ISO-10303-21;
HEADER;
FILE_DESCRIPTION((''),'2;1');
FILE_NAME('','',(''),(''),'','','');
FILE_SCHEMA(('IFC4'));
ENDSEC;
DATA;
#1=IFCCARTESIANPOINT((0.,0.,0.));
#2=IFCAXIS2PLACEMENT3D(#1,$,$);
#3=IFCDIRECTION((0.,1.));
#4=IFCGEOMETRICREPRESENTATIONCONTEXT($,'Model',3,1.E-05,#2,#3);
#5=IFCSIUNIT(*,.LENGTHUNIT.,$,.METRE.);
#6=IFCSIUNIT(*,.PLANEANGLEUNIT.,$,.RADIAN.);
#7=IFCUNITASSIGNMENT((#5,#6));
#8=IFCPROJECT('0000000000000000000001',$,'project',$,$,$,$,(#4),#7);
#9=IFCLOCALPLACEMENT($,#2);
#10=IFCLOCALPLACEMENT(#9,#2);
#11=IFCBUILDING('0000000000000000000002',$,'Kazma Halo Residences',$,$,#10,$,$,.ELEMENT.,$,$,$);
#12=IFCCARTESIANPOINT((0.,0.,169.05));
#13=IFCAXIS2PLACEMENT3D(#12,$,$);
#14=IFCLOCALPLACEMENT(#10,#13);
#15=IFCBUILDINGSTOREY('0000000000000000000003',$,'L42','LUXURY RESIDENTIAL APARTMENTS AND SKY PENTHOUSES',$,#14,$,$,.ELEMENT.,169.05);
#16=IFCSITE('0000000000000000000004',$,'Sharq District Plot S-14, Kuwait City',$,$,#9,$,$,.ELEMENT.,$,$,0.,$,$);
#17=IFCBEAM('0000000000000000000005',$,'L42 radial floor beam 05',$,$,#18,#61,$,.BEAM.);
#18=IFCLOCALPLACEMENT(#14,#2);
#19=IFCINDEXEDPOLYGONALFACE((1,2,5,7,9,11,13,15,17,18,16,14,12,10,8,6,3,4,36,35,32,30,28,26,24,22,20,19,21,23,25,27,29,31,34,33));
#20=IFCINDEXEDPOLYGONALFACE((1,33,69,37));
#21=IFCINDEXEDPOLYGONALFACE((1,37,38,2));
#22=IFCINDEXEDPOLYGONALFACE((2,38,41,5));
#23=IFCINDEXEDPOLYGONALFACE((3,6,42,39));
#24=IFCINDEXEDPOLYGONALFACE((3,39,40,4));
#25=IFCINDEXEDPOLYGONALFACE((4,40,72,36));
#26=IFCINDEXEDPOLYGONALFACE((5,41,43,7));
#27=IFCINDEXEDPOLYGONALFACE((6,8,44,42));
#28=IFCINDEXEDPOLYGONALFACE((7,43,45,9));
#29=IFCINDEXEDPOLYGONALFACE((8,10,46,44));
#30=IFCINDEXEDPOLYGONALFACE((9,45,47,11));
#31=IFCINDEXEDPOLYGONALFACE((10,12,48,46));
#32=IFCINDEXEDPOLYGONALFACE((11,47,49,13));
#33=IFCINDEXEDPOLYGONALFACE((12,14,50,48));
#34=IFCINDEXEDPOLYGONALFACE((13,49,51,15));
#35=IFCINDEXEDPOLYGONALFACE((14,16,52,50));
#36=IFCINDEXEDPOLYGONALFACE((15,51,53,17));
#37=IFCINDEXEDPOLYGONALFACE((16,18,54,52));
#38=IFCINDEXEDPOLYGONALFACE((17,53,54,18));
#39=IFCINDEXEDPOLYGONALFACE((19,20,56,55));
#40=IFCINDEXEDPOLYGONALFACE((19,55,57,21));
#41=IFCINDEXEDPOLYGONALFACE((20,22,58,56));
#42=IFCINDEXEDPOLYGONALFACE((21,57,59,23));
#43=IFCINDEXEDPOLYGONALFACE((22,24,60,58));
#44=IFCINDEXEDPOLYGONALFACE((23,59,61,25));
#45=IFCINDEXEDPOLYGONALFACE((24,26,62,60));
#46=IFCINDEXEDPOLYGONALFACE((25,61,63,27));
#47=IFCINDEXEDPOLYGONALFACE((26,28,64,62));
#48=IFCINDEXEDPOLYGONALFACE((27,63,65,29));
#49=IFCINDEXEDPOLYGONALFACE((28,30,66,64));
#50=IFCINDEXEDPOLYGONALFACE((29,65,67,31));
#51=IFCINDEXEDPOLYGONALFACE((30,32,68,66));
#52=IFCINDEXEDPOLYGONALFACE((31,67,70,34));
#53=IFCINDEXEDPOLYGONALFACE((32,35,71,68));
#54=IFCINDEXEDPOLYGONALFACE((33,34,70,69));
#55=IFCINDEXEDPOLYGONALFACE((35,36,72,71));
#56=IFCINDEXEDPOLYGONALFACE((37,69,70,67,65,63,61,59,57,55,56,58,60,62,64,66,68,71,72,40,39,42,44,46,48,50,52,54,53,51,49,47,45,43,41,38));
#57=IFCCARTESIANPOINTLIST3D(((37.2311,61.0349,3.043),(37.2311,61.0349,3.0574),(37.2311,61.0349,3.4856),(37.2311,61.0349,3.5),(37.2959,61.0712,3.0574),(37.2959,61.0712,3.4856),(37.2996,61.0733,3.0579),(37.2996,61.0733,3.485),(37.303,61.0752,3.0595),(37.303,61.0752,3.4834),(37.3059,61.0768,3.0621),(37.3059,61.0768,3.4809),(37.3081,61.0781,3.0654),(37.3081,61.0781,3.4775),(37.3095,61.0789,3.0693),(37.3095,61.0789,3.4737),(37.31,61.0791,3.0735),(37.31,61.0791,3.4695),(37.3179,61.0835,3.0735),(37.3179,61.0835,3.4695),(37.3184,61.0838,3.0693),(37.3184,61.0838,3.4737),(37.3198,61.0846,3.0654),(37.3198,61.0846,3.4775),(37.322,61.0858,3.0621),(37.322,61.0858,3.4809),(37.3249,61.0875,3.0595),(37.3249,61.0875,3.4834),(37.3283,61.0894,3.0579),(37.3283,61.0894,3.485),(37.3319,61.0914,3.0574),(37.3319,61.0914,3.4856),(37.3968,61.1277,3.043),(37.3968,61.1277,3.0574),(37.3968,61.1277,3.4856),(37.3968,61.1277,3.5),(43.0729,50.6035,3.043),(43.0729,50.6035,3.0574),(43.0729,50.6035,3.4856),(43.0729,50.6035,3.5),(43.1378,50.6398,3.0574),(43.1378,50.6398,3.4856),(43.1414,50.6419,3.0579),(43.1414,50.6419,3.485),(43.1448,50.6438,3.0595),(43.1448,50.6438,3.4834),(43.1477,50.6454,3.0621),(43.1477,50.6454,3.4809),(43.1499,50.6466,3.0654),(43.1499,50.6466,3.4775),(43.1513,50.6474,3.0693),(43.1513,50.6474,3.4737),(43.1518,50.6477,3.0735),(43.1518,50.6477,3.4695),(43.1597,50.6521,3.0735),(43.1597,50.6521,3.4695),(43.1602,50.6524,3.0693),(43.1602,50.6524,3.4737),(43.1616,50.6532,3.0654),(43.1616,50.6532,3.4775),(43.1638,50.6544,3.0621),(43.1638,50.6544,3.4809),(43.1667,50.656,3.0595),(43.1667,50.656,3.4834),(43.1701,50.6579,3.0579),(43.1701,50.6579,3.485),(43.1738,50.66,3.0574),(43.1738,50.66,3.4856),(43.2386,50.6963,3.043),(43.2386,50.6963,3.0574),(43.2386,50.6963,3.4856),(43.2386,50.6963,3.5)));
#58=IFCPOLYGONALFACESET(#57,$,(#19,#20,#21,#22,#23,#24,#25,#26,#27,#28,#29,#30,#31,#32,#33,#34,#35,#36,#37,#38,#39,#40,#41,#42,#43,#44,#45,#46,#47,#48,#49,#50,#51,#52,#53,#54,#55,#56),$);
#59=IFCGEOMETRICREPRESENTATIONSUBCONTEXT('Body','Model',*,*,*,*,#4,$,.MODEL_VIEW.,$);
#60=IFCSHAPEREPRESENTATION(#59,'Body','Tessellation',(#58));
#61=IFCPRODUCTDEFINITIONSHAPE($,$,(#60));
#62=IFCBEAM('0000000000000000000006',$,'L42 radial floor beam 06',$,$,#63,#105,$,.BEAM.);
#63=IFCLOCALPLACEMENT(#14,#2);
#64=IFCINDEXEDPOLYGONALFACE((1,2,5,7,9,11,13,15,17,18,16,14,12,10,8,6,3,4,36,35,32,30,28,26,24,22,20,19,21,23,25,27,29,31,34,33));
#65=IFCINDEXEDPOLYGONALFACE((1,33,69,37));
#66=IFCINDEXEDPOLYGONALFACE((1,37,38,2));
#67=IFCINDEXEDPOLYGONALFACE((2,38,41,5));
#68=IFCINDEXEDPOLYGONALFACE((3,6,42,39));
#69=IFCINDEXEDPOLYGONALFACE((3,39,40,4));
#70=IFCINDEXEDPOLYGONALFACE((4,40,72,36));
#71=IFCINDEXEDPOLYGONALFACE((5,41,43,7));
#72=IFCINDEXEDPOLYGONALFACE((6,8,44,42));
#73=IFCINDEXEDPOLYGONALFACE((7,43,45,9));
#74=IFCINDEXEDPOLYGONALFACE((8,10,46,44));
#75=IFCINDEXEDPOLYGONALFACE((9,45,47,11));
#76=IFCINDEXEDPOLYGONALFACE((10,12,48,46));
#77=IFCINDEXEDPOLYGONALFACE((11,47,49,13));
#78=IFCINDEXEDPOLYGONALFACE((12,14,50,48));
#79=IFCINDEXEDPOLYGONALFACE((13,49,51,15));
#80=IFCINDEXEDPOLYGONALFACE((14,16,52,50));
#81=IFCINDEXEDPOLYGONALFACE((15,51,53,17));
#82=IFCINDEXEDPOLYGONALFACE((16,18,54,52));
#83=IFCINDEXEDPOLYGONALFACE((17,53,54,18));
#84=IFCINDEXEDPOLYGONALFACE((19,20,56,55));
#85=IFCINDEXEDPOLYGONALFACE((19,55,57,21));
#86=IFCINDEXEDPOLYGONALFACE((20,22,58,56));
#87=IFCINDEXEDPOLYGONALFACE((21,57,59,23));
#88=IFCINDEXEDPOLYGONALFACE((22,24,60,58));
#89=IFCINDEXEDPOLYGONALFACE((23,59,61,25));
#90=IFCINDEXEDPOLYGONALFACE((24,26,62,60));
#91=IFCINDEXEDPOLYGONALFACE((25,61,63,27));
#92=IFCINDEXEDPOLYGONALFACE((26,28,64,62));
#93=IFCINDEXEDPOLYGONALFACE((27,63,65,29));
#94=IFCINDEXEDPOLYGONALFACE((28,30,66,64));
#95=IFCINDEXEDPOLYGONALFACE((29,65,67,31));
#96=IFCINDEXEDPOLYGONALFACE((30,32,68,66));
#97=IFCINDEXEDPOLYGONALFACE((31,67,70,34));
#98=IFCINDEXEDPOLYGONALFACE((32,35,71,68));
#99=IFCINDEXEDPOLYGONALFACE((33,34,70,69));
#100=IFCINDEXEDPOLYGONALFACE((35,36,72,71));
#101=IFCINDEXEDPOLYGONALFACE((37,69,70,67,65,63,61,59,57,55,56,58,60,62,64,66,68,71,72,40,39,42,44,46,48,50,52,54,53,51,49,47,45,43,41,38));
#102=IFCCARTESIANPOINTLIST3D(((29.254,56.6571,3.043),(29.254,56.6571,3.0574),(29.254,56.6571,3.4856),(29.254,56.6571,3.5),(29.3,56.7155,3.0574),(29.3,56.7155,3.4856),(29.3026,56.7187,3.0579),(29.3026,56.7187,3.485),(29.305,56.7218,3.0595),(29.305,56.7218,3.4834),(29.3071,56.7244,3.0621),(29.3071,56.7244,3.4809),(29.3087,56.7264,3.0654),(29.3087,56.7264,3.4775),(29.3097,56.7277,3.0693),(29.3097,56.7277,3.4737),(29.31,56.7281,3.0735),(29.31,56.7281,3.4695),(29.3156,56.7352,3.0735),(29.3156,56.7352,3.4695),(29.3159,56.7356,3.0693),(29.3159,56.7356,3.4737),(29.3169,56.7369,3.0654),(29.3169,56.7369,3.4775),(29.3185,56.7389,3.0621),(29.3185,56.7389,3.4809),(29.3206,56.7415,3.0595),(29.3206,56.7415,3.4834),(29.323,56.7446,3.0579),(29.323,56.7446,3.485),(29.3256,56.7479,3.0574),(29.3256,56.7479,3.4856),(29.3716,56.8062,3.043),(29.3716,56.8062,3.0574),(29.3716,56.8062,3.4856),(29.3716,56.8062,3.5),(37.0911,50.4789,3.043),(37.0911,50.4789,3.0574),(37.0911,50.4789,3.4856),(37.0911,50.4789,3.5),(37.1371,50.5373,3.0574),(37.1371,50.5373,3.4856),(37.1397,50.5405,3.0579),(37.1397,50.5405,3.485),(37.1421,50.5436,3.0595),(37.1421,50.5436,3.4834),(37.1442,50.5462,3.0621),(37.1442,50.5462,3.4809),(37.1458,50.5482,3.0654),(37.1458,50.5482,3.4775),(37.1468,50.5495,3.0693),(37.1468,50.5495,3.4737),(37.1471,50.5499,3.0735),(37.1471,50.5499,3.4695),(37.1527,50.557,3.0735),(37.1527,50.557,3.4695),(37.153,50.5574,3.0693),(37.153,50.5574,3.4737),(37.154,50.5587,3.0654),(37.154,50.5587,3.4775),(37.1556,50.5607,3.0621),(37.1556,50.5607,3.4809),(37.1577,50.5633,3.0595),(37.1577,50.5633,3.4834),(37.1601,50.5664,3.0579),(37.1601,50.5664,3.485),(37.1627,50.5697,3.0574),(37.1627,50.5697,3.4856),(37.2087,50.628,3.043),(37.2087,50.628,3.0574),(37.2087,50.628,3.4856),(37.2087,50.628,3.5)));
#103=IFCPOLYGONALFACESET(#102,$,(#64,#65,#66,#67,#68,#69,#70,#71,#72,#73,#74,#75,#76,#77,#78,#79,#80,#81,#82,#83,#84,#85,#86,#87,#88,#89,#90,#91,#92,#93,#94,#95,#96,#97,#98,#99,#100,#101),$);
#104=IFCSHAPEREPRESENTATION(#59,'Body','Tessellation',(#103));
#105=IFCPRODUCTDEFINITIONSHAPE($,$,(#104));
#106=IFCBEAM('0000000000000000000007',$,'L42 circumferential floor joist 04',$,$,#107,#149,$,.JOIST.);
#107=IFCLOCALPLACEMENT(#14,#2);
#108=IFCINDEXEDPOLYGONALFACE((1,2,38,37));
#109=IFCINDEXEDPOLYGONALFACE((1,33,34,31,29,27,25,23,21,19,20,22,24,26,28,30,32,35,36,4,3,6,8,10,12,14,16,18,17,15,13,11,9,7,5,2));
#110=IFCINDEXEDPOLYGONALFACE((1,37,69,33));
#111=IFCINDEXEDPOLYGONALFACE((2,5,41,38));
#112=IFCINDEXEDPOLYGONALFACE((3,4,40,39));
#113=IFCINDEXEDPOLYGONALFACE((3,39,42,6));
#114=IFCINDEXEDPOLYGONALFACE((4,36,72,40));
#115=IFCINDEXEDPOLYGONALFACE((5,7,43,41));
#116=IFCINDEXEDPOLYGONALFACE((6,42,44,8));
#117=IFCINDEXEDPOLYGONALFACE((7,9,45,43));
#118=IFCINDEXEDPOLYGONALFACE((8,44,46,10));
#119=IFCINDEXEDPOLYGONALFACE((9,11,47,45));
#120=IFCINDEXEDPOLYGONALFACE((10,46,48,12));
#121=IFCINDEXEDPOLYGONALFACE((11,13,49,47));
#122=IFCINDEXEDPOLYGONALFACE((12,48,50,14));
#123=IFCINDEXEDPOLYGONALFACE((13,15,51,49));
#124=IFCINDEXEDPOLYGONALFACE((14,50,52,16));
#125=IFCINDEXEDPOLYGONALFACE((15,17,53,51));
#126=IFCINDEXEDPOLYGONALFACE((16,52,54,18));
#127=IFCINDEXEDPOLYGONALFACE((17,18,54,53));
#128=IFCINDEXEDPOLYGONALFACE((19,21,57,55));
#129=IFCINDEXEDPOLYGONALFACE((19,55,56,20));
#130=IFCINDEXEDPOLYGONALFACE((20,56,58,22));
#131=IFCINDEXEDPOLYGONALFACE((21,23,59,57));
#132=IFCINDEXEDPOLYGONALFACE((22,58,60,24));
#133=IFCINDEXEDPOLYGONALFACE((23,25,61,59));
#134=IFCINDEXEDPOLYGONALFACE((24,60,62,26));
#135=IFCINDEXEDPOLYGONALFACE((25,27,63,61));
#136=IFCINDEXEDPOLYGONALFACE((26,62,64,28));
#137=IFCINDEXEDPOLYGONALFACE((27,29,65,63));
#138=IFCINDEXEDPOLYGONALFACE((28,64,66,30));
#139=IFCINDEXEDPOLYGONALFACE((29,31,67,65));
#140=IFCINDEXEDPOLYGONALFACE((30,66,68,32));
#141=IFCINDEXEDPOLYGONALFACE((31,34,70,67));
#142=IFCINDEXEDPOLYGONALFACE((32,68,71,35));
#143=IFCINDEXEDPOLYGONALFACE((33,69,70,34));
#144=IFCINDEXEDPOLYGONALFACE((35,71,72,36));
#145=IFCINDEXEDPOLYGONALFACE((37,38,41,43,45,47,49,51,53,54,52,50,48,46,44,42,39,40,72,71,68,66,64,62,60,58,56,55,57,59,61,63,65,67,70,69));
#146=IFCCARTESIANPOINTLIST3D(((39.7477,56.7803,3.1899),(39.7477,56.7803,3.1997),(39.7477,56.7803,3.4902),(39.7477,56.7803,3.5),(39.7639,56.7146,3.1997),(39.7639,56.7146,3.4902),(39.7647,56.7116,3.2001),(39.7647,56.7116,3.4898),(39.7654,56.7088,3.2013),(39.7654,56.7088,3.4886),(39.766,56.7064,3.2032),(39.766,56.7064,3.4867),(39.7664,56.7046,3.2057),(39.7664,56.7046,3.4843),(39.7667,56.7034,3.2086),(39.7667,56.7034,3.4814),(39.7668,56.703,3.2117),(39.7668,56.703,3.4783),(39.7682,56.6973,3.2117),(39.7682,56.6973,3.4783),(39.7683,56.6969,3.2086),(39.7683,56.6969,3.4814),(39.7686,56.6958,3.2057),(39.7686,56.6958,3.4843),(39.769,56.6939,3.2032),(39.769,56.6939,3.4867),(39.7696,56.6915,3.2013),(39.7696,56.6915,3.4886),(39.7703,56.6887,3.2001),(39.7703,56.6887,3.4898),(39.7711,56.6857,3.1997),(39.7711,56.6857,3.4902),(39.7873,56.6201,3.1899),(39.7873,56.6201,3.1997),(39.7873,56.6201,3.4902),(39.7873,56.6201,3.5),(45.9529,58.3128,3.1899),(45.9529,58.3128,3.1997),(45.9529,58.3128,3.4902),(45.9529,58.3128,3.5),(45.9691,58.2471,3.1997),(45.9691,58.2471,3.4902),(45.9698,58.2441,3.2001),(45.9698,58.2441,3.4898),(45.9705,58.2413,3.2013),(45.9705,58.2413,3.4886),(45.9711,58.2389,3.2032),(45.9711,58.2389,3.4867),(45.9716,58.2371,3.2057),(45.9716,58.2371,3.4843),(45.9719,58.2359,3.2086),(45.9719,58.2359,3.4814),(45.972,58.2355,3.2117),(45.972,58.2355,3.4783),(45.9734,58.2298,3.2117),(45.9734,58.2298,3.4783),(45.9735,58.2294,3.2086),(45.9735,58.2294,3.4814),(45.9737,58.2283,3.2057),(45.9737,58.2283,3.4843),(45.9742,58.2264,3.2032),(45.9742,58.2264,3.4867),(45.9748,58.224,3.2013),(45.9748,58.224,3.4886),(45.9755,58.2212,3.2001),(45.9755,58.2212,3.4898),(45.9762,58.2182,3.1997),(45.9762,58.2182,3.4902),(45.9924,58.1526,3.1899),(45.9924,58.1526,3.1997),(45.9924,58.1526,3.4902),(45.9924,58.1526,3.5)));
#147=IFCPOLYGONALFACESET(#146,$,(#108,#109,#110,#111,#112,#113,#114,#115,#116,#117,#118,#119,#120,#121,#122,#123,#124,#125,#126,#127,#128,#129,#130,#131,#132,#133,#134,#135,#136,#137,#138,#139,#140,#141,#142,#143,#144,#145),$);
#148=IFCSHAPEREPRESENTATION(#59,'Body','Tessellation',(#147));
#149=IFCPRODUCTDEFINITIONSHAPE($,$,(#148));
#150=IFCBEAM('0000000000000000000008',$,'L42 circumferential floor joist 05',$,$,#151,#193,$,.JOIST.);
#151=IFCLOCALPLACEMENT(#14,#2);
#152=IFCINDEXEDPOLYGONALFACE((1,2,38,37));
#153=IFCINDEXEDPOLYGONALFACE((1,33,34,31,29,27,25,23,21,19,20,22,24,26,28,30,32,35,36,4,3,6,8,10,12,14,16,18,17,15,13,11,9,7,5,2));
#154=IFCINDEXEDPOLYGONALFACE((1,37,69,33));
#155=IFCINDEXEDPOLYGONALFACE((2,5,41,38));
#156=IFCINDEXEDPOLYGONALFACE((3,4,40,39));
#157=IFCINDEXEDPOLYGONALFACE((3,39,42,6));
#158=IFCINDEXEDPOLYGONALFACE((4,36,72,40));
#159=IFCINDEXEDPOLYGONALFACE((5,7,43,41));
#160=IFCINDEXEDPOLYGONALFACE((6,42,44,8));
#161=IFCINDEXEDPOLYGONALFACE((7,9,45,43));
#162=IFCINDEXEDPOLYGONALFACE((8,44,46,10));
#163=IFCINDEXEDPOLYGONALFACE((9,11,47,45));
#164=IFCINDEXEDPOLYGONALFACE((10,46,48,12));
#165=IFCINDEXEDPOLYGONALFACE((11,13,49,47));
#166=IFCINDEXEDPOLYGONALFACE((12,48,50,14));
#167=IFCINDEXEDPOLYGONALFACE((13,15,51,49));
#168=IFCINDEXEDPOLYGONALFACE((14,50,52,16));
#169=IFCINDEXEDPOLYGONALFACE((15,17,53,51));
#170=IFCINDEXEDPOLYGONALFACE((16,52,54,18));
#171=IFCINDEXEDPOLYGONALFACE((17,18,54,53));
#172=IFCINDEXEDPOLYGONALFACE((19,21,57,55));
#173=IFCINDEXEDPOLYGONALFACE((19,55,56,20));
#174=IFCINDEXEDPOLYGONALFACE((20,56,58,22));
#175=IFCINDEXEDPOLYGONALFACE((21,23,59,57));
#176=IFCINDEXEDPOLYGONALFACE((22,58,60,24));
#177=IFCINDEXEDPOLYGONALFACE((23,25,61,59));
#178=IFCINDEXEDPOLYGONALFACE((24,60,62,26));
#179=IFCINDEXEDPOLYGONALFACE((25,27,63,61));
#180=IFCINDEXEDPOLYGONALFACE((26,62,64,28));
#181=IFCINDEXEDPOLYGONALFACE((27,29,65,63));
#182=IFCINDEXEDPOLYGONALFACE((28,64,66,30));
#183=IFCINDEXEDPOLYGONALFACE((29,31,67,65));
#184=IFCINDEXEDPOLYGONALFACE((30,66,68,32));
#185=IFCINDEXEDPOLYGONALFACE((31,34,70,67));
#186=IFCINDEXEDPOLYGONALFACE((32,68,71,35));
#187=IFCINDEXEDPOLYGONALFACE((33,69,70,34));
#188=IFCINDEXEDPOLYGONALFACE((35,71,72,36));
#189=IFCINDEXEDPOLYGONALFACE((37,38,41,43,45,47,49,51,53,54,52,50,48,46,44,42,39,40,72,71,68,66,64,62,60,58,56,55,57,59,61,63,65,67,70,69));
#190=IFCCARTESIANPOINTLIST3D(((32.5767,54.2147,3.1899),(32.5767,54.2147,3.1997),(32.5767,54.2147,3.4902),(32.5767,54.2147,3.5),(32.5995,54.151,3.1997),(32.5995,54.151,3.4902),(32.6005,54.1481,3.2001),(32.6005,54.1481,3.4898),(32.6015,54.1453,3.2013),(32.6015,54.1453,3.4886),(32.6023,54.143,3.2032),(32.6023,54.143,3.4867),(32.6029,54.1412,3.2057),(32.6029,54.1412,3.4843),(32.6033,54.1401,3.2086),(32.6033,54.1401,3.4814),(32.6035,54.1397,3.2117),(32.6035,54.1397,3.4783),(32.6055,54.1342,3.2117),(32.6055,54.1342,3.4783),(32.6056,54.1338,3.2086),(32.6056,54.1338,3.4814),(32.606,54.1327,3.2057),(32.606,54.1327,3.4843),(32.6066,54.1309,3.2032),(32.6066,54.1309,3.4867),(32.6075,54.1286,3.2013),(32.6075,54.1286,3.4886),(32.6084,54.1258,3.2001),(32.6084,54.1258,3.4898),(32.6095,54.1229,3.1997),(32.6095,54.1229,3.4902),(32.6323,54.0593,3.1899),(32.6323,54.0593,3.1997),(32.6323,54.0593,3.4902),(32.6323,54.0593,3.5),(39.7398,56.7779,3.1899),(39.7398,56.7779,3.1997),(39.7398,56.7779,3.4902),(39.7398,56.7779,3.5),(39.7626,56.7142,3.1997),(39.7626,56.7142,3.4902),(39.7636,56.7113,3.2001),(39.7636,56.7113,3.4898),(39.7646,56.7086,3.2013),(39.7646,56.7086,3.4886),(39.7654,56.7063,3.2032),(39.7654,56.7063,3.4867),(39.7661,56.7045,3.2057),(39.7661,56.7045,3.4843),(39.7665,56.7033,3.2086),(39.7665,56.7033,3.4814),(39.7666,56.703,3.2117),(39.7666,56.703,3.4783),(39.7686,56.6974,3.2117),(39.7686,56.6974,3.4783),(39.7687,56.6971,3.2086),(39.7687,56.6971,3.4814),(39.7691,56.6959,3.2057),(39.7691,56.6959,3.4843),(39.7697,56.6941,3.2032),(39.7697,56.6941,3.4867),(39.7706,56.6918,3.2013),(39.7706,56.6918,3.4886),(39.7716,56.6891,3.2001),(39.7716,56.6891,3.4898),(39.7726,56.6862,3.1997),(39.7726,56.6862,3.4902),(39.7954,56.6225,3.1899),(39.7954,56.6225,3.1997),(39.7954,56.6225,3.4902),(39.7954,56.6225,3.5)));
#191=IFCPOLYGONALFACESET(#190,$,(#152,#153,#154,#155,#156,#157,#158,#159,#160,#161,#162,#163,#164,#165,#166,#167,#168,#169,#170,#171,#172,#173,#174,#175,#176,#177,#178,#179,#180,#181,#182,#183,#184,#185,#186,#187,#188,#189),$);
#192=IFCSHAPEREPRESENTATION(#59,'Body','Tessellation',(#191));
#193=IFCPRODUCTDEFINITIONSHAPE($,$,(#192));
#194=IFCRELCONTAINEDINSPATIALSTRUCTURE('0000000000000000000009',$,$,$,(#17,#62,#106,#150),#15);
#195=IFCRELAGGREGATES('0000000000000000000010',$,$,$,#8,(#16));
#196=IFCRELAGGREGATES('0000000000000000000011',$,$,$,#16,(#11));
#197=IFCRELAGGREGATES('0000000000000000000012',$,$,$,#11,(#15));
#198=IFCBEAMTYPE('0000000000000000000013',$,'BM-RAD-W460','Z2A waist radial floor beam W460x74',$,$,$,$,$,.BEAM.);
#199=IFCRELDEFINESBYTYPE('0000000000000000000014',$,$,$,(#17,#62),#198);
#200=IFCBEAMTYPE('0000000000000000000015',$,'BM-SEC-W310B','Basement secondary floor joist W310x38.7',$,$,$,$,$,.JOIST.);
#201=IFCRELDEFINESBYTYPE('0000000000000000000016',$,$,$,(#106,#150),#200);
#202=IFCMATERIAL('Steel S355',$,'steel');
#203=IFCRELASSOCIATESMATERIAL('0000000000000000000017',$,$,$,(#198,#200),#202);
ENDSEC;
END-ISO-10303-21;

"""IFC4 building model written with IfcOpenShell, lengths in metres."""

from ifc_helpers import new_model, si_unit, direction, frame, origin, origin_2d, place, context, subcontext, project, spatial, i_section, extrude, material, material_profile, profile_set, type_object, element, save


model = new_model("IFC4")

# Units and contexts
model_context = context("Model", 3, precision=1e-05, world=origin(), true_north=direction((0.0, 1.0)))
body_context = subcontext(model_context, "Body", "Model", "MODEL_VIEW")
ifc_project = project(units=[si_unit("LENGTHUNIT", "METRE"), si_unit("PLANEANGLEUNIT", "RADIAN")], contexts=[model_context])

# Site, building, storey
site_placement = place(None, origin())
site = spatial("IfcSite", under=ifc_project, at=site_placement, Name="Sharq District Plot S-14, Kuwait City", CompositionType="ELEMENT", RefElevation=0.0)
building_placement = place(site_placement, origin())
building = spatial("IfcBuilding", under=site, at=building_placement, Name="Kazma Halo Residences", CompositionType="ELEMENT")
storey_placement = place(building_placement, frame((0.0, 0.0, 169.05)))
storey = spatial("IfcBuildingStorey", under=building, at=storey_placement, Name="L42", Description="LUXURY RESIDENTIAL APARTMENTS AND SKY PENTHOUSES", CompositionType="ELEMENT", Elevation=169.05)

# Beams
ifc_material_1 = material(Name="Steel S355", Category="steel")
ifc_material_profile_1 = material_profile(ifc_material_1, i_section(OverallWidth=0.1899, OverallDepth=0.457, WebThickness=0.009, FlangeThickness=0.0144, FilletRadius=0.0161, at=origin_2d()), Name="W460x74")
ifc_profile_set_1 = profile_set([ifc_material_profile_1], Name="Steel S355")
beam_type_1 = type_object("IfcBeamType", Name="BM-RAD-W460", Description="Z2A waist radial floor beam W460x74", PredefinedType="BEAM", material=ifc_profile_set_1)
beam_1_placement = place(storey_placement, frame((43.1558, 50.6499, 3.2715), z_axis=(-0.488617, 0.872498, 0.0), x_axis=(-0.872498, -0.488617, 0.0)))
element("IfcBeam", 1, at=beam_1_placement, inside=storey, type_object=beam_type_1, Name="L42 radial floor beam 05", PredefinedType="BEAM", context=body_context, shape_type="SweptSolid", body=[
    extrude(i_section(OverallWidth=0.1899, OverallDepth=0.457, WebThickness=0.009, FlangeThickness=0.0144, FilletRadius=0.0161, at=origin_2d()), origin(), (0.0, 0.0, 1.0), 11.9558),
])
beam_2_placement = place(storey_placement, frame((37.1499, 50.5535, 3.2715), z_axis=(-0.785322, 0.619088, 0.0), x_axis=(-0.619088, -0.785322, 0.0)))
element("IfcBeam", 2, at=beam_2_placement, inside=storey, type_object=beam_type_1, Name="L42 radial floor beam 06", PredefinedType="BEAM", context=body_context, shape_type="SweptSolid", body=[
    extrude(i_section(OverallWidth=0.1899, OverallDepth=0.457, WebThickness=0.009, FlangeThickness=0.0144, FilletRadius=0.0161, at=origin_2d()), origin(), (0.0, 0.0, 1.0), 9.9795),
])
ifc_material_profile_2 = material_profile(ifc_material_1, i_section(OverallWidth=0.165, OverallDepth=0.3101, WebThickness=0.0059, FlangeThickness=0.0098, FilletRadius=0.012, at=origin_2d()), Name="W310x38.7")
ifc_profile_set_2 = profile_set([ifc_material_profile_2], Name="Steel S355")
beam_type_2 = type_object("IfcBeamType", Name="BM-SEC-W310B", Description="Basement secondary floor joist W310x38.7", PredefinedType="JOIST", material=ifc_profile_set_2)
beam_3_placement = place(storey_placement, frame((45.9727, 58.2327, 3.345), z_axis=(-0.970831, -0.239766, 0.0), x_axis=(0.239766, -0.970831, 0.0)))
element("IfcBeam", 3, at=beam_3_placement, inside=storey, type_object=beam_type_2, Name="L42 circumferential floor joist 04", PredefinedType="JOIST", context=body_context, shape_type="SweptSolid", body=[
    extrude(i_section(OverallWidth=0.165, OverallDepth=0.3101, WebThickness=0.0059, FlangeThickness=0.0098, FilletRadius=0.012, at=origin_2d()), origin(), (0.0, 0.0, 1.0), 6.3916),
])
beam_4_placement = place(storey_placement, frame((39.7676, 56.7002, 3.345), z_axis=(-0.941534, -0.336918, 0.0), x_axis=(0.336918, -0.941534, 0.0)))
element("IfcBeam", 4, at=beam_4_placement, inside=storey, type_object=beam_type_2, Name="L42 circumferential floor joist 05", PredefinedType="JOIST", context=body_context, shape_type="SweptSolid", body=[
    extrude(i_section(OverallWidth=0.165, OverallDepth=0.3101, WebThickness=0.0059, FlangeThickness=0.0098, FilletRadius=0.012, at=origin_2d()), origin(), (0.0, 0.0, 1.0), 7.6079),
])

save(model, "model.ifc")
